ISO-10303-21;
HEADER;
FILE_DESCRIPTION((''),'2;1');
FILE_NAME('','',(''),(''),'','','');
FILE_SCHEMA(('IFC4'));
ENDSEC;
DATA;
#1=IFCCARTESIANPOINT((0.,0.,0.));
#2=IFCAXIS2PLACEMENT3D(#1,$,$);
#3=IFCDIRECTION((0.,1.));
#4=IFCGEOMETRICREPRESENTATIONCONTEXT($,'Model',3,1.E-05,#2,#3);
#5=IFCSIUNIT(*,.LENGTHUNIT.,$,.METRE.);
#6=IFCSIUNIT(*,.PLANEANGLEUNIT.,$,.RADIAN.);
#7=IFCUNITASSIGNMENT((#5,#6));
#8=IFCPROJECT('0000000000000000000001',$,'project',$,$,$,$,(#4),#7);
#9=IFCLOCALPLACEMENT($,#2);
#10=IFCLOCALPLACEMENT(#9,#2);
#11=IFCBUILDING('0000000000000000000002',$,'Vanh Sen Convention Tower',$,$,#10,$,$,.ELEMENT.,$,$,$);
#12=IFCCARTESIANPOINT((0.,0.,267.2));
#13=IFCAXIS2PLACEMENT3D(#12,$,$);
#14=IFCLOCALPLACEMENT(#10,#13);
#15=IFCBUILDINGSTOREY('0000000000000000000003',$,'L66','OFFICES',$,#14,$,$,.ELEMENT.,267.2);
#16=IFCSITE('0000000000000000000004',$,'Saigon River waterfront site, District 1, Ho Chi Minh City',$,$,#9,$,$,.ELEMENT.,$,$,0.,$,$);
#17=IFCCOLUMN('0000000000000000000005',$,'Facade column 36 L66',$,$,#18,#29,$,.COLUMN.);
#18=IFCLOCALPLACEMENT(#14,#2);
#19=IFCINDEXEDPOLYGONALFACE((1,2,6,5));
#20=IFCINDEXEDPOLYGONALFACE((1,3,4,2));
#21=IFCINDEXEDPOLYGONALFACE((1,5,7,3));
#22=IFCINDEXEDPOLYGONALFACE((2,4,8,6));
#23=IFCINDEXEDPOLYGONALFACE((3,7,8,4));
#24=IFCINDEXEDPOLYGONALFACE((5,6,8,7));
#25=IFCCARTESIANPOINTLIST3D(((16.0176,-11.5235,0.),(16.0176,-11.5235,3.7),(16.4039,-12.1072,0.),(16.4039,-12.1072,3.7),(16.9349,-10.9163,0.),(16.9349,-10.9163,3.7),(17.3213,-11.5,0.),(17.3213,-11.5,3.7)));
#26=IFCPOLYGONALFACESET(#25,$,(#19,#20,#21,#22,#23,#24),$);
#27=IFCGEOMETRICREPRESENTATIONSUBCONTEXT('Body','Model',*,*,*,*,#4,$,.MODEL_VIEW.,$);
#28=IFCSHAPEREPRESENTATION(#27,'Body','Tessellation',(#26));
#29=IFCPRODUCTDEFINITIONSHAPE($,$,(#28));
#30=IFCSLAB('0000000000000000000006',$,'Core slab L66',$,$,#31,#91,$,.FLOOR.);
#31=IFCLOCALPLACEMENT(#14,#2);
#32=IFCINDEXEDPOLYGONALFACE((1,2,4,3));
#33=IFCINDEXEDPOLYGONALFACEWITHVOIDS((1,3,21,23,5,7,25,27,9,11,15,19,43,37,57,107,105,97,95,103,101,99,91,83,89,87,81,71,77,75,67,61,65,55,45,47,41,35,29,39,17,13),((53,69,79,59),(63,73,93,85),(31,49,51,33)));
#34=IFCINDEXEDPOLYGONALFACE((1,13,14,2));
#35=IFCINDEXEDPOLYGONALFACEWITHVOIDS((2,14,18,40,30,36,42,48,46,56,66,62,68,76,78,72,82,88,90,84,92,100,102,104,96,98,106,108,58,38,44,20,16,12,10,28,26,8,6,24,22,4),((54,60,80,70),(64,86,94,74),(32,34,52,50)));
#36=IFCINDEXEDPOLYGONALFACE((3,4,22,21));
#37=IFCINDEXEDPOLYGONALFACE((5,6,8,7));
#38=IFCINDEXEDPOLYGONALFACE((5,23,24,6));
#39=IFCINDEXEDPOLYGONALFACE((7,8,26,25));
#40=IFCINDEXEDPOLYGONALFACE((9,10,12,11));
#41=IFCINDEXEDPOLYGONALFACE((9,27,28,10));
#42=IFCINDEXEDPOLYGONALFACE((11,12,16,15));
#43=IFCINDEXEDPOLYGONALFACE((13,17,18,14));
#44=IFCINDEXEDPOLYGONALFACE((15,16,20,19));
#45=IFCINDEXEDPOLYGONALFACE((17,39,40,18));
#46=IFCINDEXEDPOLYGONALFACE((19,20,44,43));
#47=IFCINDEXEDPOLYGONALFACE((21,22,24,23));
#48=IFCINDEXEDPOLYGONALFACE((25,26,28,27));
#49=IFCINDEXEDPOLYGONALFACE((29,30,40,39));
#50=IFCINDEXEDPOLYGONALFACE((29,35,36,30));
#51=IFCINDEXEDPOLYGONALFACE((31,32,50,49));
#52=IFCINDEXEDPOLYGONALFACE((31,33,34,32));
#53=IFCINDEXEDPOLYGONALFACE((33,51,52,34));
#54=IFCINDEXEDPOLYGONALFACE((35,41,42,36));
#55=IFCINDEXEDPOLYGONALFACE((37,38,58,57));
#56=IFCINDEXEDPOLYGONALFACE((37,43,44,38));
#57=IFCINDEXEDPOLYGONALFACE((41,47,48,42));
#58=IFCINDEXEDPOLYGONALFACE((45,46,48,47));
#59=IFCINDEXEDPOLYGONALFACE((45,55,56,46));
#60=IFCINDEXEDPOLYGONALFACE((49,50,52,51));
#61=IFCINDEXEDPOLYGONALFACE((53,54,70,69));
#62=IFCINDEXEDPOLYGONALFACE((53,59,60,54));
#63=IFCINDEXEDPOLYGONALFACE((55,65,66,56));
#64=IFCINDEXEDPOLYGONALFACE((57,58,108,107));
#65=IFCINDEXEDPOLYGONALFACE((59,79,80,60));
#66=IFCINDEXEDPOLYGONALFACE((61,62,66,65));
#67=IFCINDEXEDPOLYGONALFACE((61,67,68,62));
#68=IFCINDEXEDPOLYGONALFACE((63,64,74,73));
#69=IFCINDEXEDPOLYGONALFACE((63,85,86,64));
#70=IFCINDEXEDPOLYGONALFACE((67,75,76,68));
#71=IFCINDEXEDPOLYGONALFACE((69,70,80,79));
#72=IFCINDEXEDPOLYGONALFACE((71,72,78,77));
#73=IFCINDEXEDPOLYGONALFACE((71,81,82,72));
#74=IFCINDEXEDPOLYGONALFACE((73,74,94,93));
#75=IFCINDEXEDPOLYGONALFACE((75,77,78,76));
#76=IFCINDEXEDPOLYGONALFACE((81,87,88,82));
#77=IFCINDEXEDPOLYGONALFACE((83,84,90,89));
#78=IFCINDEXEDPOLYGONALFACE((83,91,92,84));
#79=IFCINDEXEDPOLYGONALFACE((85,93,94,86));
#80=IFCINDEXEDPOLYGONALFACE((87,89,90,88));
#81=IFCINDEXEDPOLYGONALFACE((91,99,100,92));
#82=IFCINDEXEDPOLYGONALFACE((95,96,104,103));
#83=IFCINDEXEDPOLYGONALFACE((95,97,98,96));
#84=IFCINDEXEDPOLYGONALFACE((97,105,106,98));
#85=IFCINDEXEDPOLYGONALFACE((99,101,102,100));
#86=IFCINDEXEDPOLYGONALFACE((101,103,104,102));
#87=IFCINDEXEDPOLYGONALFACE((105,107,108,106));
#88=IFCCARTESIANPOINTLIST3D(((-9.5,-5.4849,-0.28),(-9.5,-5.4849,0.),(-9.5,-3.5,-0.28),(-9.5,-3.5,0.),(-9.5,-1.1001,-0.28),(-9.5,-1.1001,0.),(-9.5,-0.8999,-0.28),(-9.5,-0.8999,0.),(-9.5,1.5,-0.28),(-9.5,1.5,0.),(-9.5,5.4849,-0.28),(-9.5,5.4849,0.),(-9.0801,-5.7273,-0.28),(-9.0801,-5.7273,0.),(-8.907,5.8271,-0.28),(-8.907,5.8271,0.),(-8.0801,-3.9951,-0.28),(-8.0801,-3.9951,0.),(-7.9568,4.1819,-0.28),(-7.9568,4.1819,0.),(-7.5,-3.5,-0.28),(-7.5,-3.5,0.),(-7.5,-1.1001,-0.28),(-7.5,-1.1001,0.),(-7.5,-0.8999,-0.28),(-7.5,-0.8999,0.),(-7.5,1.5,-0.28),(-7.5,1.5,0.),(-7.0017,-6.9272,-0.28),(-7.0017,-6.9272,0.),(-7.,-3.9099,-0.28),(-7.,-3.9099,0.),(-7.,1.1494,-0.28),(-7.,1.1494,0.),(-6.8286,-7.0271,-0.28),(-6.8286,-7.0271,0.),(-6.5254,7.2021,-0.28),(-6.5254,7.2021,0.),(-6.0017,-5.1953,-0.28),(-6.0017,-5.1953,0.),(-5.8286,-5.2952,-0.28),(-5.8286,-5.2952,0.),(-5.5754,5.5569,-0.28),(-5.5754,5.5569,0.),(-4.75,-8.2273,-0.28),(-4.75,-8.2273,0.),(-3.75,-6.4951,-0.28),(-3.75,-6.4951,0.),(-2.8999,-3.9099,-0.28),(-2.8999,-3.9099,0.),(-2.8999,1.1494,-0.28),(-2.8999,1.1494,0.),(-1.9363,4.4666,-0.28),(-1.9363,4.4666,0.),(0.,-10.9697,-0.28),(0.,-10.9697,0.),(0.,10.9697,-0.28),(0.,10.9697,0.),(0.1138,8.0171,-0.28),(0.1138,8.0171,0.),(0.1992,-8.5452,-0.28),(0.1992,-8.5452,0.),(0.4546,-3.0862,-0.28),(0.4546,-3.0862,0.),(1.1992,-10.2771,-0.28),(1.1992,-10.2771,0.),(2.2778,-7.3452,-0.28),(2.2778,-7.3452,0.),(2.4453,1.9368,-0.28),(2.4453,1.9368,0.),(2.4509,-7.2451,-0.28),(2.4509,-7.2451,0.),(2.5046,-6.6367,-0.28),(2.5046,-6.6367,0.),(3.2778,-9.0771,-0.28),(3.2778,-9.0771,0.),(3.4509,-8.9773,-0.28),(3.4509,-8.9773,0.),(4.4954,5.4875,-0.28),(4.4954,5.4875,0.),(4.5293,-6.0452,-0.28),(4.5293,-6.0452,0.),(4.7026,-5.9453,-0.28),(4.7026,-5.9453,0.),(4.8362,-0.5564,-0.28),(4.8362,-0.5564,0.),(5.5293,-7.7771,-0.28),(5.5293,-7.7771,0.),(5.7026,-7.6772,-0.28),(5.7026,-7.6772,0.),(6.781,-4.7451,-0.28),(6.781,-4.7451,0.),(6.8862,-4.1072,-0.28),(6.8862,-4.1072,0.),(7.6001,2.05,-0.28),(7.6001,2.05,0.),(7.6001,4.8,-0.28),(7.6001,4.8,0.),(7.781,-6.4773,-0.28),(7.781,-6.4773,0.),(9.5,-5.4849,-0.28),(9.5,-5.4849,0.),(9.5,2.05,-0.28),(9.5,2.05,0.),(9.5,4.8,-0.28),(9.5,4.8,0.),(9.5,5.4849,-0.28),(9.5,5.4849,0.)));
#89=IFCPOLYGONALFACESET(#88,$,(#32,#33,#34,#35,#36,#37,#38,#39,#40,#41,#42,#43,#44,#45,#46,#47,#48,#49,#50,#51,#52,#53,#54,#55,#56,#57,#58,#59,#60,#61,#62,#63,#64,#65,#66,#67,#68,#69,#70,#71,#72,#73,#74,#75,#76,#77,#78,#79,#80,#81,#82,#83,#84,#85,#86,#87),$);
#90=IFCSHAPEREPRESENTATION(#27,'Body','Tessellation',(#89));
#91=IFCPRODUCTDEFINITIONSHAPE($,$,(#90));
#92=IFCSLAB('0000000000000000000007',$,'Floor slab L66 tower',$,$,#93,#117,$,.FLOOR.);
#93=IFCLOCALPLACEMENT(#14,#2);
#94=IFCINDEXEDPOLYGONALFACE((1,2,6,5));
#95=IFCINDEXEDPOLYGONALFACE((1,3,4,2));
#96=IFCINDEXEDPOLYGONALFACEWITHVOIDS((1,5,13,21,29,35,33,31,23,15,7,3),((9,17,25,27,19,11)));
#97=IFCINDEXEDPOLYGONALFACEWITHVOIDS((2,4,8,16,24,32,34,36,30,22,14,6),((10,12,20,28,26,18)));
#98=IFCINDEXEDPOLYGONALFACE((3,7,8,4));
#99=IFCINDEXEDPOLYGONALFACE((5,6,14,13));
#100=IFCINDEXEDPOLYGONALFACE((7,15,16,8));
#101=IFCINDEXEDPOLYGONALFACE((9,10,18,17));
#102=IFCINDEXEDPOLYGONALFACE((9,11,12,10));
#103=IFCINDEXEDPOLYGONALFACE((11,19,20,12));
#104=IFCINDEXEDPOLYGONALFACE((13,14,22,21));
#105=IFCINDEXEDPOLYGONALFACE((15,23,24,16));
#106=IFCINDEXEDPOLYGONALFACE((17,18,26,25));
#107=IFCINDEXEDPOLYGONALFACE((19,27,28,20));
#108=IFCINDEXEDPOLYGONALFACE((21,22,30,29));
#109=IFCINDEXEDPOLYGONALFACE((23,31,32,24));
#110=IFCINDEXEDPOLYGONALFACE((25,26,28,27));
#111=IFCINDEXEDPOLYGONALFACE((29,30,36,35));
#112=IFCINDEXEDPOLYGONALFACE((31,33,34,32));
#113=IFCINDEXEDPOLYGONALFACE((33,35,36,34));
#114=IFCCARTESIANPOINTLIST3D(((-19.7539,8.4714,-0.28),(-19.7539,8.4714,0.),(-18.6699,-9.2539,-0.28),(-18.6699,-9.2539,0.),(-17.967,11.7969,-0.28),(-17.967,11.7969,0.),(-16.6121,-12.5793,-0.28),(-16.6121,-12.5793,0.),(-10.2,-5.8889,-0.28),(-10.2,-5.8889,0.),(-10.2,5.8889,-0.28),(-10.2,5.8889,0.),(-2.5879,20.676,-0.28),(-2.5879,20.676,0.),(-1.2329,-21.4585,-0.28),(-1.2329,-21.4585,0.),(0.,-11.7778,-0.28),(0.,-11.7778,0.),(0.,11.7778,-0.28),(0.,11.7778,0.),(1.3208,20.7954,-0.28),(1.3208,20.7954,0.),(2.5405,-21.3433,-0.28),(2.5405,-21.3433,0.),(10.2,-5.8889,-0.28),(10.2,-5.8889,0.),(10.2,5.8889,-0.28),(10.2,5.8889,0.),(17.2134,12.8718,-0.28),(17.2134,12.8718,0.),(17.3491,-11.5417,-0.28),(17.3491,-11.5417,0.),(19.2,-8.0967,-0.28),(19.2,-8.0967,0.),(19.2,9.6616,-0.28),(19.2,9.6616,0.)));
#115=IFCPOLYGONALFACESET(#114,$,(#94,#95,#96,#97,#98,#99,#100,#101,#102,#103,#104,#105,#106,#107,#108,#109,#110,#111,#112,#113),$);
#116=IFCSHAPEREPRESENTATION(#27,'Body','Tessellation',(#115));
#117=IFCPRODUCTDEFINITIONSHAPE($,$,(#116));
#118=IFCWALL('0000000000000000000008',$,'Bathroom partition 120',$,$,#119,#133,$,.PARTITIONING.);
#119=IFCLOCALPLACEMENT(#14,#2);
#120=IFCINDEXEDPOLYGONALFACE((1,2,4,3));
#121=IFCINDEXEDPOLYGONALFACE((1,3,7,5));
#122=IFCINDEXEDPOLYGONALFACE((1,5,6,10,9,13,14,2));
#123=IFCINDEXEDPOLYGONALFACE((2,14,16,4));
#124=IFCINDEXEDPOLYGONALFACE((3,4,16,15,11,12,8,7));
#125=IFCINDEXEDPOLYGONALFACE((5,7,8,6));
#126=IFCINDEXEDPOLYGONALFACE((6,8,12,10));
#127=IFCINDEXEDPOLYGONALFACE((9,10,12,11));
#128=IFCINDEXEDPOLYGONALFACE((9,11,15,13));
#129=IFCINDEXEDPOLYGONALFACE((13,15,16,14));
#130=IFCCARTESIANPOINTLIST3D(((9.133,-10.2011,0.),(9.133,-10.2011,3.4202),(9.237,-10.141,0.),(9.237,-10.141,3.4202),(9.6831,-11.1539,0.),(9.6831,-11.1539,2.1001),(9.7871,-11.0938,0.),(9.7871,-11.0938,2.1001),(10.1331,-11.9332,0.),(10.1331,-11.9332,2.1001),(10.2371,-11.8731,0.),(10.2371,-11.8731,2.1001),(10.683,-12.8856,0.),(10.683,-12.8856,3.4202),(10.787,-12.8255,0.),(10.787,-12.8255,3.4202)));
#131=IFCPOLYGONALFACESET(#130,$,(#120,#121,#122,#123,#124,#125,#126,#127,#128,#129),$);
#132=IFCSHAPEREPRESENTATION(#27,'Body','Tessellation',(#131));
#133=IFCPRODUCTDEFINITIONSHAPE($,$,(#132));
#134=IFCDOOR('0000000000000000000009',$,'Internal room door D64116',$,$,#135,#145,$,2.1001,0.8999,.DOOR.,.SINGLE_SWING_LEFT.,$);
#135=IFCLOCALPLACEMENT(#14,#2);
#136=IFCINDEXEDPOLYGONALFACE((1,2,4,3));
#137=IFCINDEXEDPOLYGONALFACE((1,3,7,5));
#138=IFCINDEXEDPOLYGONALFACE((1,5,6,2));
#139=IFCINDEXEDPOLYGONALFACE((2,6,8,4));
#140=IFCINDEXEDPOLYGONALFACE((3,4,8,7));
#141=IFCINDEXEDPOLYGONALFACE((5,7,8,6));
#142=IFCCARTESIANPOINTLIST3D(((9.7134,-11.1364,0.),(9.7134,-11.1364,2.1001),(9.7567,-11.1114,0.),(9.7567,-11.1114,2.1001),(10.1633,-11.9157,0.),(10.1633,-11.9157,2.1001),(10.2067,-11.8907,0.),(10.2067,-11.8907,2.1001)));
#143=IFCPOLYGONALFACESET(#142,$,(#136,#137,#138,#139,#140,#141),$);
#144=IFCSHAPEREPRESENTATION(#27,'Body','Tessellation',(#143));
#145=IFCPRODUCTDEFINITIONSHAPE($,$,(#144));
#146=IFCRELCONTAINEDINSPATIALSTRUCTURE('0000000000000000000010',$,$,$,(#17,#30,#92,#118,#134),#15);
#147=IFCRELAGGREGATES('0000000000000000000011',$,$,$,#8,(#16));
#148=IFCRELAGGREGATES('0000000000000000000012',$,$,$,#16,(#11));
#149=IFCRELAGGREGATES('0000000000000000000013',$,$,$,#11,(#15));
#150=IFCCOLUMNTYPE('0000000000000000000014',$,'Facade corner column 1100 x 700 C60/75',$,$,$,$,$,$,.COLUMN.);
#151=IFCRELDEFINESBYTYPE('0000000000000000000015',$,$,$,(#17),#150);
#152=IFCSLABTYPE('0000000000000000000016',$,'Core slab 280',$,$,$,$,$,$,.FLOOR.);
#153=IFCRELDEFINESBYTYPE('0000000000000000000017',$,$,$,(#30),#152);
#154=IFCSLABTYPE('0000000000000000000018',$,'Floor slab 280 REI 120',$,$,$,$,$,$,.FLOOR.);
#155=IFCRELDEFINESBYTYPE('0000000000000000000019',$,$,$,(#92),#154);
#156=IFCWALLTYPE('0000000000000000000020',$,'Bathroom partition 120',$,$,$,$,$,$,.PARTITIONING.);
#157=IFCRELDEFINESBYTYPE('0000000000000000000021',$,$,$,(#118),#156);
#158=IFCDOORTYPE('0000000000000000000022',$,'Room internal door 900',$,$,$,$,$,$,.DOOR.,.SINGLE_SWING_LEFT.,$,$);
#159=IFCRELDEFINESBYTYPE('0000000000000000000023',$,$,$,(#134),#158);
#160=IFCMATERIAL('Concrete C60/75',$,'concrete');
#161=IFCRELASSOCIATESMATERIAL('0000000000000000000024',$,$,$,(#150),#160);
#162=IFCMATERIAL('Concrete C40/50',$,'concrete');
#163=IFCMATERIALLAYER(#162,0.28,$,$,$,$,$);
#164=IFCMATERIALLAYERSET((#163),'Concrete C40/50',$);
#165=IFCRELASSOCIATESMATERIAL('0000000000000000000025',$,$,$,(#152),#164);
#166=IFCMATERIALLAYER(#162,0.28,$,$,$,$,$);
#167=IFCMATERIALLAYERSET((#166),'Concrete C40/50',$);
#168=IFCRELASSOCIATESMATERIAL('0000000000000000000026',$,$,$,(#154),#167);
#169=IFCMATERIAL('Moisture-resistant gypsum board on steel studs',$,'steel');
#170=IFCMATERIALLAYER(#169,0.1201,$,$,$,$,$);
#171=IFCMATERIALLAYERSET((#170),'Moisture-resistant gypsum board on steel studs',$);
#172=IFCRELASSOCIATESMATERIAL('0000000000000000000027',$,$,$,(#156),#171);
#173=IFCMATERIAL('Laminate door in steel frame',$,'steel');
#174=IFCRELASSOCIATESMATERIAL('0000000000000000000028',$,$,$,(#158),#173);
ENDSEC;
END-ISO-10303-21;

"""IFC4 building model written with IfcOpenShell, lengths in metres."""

from ifc_helpers import new_model, si_unit, direction, frame, frame_2d, origin, origin_2d, place, context, subcontext, project, spatial, polyline, rectangle, outline, extrude, material, layer, layer_set, material_profile, profile_set, type_object, element, fill, save


model = new_model("IFC4")

# Units and contexts
model_context = context("Model", 3, precision=1e-05, world=origin(), true_north=direction((0.0, 1.0)))
body_context = subcontext(model_context, "Body", "Model", "MODEL_VIEW")
ifc_project = project(units=[si_unit("LENGTHUNIT", "METRE"), si_unit("PLANEANGLEUNIT", "RADIAN")], contexts=[model_context])

# Site, building, storey
site_placement = place(None, origin())
site = spatial("IfcSite", under=ifc_project, at=site_placement, Name="Saigon River waterfront site, District 1, Ho Chi Minh City", CompositionType="ELEMENT", RefElevation=0.0)
building_placement = place(site_placement, origin())
building = spatial("IfcBuilding", under=site, at=building_placement, Name="Vanh Sen Convention Tower", CompositionType="ELEMENT")
storey_placement = place(building_placement, frame((0.0, 0.0, 267.2)))
storey = spatial("IfcBuildingStorey", under=building, at=storey_placement, Name="L66", Description="OFFICES", CompositionType="ELEMENT", Elevation=267.2)

# Column
ifc_material_1 = material(Name="Concrete C60/75", Category="concrete")
ifc_material_profile = material_profile(ifc_material_1, rectangle(XDim=1.1001, YDim=0.7, at=origin_2d()), Name="RC 1100X700")
ifc_profile_set = profile_set([ifc_material_profile], Name="Concrete C60/75")
column_type = type_object("IfcColumnType", Name="Facade corner column 1100 x 700 C60/75", PredefinedType="COLUMN", material=ifc_profile_set)
column_placement = place(storey_placement, frame((16.6694, -11.5117, 0.0), z_axis=(0.0, 0.0, 1.0), x_axis=(0.833886, 0.551937, 0.0)))
element("IfcColumn", 1, at=column_placement, inside=storey, type_object=column_type, Name="Facade column 36 L66", PredefinedType="COLUMN", context=body_context, shape_type="SweptSolid", body=[
    extrude(rectangle(XDim=1.1001, YDim=0.7, at=origin_2d()), origin(), (0.0, 0.0, 1.0), 3.7),
])

# Slabs
ifc_material_2 = material(Name="Concrete C40/50", Category="concrete")
ifc_layer_1 = layer(ifc_material_2, 0.28)
ifc_layer_set_1 = layer_set([ifc_layer_1], Name="Concrete C40/50")
slab_type_1 = type_object("IfcSlabType", Name="Core slab 280", PredefinedType="FLOOR", material=ifc_layer_set_1)
slab_1_placement = place(storey_placement, frame((0.0, 0.0, -0.28)))
element("IfcSlab", 2, at=slab_1_placement, inside=storey, type_object=slab_type_1, Name="Core slab L66", PredefinedType="FLOOR", context=body_context, shape_type="SweptSolid", body=[
    extrude(outline(polyline([(0.0, 10.9697), (9.5, 5.4849), (9.5, 4.8), (7.6001, 4.8), (7.6001, 2.05), (9.5, 2.05), (9.5, -5.4849), (7.781, -6.4773), (6.781, -4.7451), (4.7026, -5.9453), (5.7026, -7.6772), (5.5293, -7.7771), (4.5293, -6.0452), (2.4509, -7.2451), (3.4509, -8.9773), (3.2778, -9.0771), (2.2778, -7.3452), (0.1992, -8.5452), (1.1992, -10.2771), (0.0, -10.9697), (-4.75, -8.2273), (-3.75, -6.4951), (-5.8286, -5.2952), (-6.8286, -7.0271), (-7.0017, -6.9272), (-6.0017, -5.1953), (-8.0801, -3.9951), (-9.0801, -5.7273), (-9.5, -5.4849), (-9.5, -3.5), (-7.5, -3.5), (-7.5, -1.1001), (-9.5, -1.1001), (-9.5, -0.8999), (-7.5, -0.8999), (-7.5, 1.5), (-9.5, 1.5), (-9.5, 5.4849), (-8.907, 5.8271), (-7.9568, 4.1819), (-5.5754, 5.5569), (-6.5254, 7.2021), (0.0, 10.9697)]), holes=[polyline([(-7.0, 1.1494), (-7.0, -3.9099), (-2.8999, -3.9099), (-2.8999, 1.1494), (-7.0, 1.1494)]), polyline([(2.5046, -6.6367), (6.8862, -4.1072), (4.8362, -0.5564), (0.4546, -3.0862), (2.5046, -6.6367)]), polyline([(0.1138, 8.0171), (-1.9363, 4.4666), (2.4453, 1.9368), (4.4954, 5.4875), (0.1138, 8.0171)])]), origin(), (0.0, 0.0, 1.0), 0.28),
])
ifc_layer_2 = layer(ifc_material_2, 0.28)
ifc_layer_set_2 = layer_set([ifc_layer_2], Name="Concrete C40/50")
slab_type_2 = type_object("IfcSlabType", Name="Floor slab 280 REI 120", PredefinedType="FLOOR", material=ifc_layer_set_2)
slab_2_placement = place(storey_placement, frame((0.0, 0.0, -0.28)))
element("IfcSlab", 3, at=slab_2_placement, inside=storey, type_object=slab_type_2, Name="Floor slab L66 tower", PredefinedType="FLOOR", context=body_context, shape_type="SweptSolid", body=[
    extrude(outline(polyline([(19.2, -8.0967), (19.2, 9.6616), (17.2134, 12.8718), (1.3208, 20.7954), (-2.5879, 20.676), (-17.967, 11.7969), (-19.7539, 8.4714), (-18.6699, -9.2539), (-16.6121, -12.5793), (-1.2329, -21.4585), (2.5405, -21.3433), (17.3491, -11.5417), (19.2, -8.0967)]), holes=[polyline([(0.0, 11.7778), (-10.2, 5.8889), (-10.2, -5.8889), (0.0, -11.7778), (10.2, -5.8889), (10.2, 5.8889), (0.0, 11.7778)])]), origin(), (0.0, 0.0, 1.0), 0.28),
])

# Wall, opening, door
ifc_material_3 = material(Name="Moisture-resistant gypsum board on steel studs", Category="steel")
ifc_layer_3 = layer(ifc_material_3, 0.1201)
ifc_layer_set_3 = layer_set([ifc_layer_3], Name="Moisture-resistant gypsum board on steel studs")
wall_type_1 = type_object("IfcWallType", Name="Bathroom partition 120", PredefinedType="PARTITIONING", material=ifc_layer_set_3)
wall_1_placement = place(storey_placement, frame((9.1851, -10.1711, 0.0), z_axis=(0.0, 0.0, 1.0), x_axis=(0.500027, -0.86601, 0.0)))
wall_1 = element("IfcWall", 4, at=wall_1_placement, inside=storey, type_object=wall_type_1, Name="Bathroom partition 120", PredefinedType="PARTITIONING", context=body_context, shape_type="SweptSolid", body=[
    extrude(rectangle(XDim=3.0999, YDim=0.1201, at=frame_2d((1.5498, 0.0))), origin(), (0.0, 0.0, 1.0), 3.4202),
])
opening_1_placement = place(wall_1_placement, frame((1.1001, 0.0, 0.0)))
opening_1 = element("IfcOpeningElement", 5, at=opening_1_placement, cuts=wall_1, PredefinedType="OPENING", context=body_context, shape_type="SweptSolid", body=[
    extrude(rectangle(XDim=0.8999, YDim=2.1001, at=frame_2d((0.45, 1.05))), frame((0.0, 0.0701, 0.0), z_axis=(0.0, -1.0, 0.0), x_axis=(1.0, 0.0, 0.0)), (0.0, 0.0, 1.0), 0.1401),
])
ifc_material_4 = material(Name="Laminate door in steel frame", Category="steel")
door_type_1 = type_object("IfcDoorType", Name="Room internal door 900", OperationType="SINGLE_SWING_LEFT", PredefinedType="DOOR", material=ifc_material_4)
door_1_placement = place(opening_1_placement, origin())
door_1 = element("IfcDoor", 6, at=door_1_placement, inside=storey, type_object=door_type_1, Name="Internal room door D64116", OperationType="SINGLE_SWING_LEFT", OverallHeight=2.1001, OverallWidth=0.8999, PredefinedType="DOOR", context=body_context, shape_type="SweptSolid", body=[
    extrude(rectangle(XDim=0.8999, YDim=2.1001, at=frame_2d((0.45, 1.05))), frame((0.0, 0.0249, 0.0), z_axis=(0.0, -1.0, 0.0), x_axis=(1.0, 0.0, 0.0)), (0.0, 0.0, 1.0), 0.05),
])
fill(opening_1, door_1)

save(model, "model.ifc")
